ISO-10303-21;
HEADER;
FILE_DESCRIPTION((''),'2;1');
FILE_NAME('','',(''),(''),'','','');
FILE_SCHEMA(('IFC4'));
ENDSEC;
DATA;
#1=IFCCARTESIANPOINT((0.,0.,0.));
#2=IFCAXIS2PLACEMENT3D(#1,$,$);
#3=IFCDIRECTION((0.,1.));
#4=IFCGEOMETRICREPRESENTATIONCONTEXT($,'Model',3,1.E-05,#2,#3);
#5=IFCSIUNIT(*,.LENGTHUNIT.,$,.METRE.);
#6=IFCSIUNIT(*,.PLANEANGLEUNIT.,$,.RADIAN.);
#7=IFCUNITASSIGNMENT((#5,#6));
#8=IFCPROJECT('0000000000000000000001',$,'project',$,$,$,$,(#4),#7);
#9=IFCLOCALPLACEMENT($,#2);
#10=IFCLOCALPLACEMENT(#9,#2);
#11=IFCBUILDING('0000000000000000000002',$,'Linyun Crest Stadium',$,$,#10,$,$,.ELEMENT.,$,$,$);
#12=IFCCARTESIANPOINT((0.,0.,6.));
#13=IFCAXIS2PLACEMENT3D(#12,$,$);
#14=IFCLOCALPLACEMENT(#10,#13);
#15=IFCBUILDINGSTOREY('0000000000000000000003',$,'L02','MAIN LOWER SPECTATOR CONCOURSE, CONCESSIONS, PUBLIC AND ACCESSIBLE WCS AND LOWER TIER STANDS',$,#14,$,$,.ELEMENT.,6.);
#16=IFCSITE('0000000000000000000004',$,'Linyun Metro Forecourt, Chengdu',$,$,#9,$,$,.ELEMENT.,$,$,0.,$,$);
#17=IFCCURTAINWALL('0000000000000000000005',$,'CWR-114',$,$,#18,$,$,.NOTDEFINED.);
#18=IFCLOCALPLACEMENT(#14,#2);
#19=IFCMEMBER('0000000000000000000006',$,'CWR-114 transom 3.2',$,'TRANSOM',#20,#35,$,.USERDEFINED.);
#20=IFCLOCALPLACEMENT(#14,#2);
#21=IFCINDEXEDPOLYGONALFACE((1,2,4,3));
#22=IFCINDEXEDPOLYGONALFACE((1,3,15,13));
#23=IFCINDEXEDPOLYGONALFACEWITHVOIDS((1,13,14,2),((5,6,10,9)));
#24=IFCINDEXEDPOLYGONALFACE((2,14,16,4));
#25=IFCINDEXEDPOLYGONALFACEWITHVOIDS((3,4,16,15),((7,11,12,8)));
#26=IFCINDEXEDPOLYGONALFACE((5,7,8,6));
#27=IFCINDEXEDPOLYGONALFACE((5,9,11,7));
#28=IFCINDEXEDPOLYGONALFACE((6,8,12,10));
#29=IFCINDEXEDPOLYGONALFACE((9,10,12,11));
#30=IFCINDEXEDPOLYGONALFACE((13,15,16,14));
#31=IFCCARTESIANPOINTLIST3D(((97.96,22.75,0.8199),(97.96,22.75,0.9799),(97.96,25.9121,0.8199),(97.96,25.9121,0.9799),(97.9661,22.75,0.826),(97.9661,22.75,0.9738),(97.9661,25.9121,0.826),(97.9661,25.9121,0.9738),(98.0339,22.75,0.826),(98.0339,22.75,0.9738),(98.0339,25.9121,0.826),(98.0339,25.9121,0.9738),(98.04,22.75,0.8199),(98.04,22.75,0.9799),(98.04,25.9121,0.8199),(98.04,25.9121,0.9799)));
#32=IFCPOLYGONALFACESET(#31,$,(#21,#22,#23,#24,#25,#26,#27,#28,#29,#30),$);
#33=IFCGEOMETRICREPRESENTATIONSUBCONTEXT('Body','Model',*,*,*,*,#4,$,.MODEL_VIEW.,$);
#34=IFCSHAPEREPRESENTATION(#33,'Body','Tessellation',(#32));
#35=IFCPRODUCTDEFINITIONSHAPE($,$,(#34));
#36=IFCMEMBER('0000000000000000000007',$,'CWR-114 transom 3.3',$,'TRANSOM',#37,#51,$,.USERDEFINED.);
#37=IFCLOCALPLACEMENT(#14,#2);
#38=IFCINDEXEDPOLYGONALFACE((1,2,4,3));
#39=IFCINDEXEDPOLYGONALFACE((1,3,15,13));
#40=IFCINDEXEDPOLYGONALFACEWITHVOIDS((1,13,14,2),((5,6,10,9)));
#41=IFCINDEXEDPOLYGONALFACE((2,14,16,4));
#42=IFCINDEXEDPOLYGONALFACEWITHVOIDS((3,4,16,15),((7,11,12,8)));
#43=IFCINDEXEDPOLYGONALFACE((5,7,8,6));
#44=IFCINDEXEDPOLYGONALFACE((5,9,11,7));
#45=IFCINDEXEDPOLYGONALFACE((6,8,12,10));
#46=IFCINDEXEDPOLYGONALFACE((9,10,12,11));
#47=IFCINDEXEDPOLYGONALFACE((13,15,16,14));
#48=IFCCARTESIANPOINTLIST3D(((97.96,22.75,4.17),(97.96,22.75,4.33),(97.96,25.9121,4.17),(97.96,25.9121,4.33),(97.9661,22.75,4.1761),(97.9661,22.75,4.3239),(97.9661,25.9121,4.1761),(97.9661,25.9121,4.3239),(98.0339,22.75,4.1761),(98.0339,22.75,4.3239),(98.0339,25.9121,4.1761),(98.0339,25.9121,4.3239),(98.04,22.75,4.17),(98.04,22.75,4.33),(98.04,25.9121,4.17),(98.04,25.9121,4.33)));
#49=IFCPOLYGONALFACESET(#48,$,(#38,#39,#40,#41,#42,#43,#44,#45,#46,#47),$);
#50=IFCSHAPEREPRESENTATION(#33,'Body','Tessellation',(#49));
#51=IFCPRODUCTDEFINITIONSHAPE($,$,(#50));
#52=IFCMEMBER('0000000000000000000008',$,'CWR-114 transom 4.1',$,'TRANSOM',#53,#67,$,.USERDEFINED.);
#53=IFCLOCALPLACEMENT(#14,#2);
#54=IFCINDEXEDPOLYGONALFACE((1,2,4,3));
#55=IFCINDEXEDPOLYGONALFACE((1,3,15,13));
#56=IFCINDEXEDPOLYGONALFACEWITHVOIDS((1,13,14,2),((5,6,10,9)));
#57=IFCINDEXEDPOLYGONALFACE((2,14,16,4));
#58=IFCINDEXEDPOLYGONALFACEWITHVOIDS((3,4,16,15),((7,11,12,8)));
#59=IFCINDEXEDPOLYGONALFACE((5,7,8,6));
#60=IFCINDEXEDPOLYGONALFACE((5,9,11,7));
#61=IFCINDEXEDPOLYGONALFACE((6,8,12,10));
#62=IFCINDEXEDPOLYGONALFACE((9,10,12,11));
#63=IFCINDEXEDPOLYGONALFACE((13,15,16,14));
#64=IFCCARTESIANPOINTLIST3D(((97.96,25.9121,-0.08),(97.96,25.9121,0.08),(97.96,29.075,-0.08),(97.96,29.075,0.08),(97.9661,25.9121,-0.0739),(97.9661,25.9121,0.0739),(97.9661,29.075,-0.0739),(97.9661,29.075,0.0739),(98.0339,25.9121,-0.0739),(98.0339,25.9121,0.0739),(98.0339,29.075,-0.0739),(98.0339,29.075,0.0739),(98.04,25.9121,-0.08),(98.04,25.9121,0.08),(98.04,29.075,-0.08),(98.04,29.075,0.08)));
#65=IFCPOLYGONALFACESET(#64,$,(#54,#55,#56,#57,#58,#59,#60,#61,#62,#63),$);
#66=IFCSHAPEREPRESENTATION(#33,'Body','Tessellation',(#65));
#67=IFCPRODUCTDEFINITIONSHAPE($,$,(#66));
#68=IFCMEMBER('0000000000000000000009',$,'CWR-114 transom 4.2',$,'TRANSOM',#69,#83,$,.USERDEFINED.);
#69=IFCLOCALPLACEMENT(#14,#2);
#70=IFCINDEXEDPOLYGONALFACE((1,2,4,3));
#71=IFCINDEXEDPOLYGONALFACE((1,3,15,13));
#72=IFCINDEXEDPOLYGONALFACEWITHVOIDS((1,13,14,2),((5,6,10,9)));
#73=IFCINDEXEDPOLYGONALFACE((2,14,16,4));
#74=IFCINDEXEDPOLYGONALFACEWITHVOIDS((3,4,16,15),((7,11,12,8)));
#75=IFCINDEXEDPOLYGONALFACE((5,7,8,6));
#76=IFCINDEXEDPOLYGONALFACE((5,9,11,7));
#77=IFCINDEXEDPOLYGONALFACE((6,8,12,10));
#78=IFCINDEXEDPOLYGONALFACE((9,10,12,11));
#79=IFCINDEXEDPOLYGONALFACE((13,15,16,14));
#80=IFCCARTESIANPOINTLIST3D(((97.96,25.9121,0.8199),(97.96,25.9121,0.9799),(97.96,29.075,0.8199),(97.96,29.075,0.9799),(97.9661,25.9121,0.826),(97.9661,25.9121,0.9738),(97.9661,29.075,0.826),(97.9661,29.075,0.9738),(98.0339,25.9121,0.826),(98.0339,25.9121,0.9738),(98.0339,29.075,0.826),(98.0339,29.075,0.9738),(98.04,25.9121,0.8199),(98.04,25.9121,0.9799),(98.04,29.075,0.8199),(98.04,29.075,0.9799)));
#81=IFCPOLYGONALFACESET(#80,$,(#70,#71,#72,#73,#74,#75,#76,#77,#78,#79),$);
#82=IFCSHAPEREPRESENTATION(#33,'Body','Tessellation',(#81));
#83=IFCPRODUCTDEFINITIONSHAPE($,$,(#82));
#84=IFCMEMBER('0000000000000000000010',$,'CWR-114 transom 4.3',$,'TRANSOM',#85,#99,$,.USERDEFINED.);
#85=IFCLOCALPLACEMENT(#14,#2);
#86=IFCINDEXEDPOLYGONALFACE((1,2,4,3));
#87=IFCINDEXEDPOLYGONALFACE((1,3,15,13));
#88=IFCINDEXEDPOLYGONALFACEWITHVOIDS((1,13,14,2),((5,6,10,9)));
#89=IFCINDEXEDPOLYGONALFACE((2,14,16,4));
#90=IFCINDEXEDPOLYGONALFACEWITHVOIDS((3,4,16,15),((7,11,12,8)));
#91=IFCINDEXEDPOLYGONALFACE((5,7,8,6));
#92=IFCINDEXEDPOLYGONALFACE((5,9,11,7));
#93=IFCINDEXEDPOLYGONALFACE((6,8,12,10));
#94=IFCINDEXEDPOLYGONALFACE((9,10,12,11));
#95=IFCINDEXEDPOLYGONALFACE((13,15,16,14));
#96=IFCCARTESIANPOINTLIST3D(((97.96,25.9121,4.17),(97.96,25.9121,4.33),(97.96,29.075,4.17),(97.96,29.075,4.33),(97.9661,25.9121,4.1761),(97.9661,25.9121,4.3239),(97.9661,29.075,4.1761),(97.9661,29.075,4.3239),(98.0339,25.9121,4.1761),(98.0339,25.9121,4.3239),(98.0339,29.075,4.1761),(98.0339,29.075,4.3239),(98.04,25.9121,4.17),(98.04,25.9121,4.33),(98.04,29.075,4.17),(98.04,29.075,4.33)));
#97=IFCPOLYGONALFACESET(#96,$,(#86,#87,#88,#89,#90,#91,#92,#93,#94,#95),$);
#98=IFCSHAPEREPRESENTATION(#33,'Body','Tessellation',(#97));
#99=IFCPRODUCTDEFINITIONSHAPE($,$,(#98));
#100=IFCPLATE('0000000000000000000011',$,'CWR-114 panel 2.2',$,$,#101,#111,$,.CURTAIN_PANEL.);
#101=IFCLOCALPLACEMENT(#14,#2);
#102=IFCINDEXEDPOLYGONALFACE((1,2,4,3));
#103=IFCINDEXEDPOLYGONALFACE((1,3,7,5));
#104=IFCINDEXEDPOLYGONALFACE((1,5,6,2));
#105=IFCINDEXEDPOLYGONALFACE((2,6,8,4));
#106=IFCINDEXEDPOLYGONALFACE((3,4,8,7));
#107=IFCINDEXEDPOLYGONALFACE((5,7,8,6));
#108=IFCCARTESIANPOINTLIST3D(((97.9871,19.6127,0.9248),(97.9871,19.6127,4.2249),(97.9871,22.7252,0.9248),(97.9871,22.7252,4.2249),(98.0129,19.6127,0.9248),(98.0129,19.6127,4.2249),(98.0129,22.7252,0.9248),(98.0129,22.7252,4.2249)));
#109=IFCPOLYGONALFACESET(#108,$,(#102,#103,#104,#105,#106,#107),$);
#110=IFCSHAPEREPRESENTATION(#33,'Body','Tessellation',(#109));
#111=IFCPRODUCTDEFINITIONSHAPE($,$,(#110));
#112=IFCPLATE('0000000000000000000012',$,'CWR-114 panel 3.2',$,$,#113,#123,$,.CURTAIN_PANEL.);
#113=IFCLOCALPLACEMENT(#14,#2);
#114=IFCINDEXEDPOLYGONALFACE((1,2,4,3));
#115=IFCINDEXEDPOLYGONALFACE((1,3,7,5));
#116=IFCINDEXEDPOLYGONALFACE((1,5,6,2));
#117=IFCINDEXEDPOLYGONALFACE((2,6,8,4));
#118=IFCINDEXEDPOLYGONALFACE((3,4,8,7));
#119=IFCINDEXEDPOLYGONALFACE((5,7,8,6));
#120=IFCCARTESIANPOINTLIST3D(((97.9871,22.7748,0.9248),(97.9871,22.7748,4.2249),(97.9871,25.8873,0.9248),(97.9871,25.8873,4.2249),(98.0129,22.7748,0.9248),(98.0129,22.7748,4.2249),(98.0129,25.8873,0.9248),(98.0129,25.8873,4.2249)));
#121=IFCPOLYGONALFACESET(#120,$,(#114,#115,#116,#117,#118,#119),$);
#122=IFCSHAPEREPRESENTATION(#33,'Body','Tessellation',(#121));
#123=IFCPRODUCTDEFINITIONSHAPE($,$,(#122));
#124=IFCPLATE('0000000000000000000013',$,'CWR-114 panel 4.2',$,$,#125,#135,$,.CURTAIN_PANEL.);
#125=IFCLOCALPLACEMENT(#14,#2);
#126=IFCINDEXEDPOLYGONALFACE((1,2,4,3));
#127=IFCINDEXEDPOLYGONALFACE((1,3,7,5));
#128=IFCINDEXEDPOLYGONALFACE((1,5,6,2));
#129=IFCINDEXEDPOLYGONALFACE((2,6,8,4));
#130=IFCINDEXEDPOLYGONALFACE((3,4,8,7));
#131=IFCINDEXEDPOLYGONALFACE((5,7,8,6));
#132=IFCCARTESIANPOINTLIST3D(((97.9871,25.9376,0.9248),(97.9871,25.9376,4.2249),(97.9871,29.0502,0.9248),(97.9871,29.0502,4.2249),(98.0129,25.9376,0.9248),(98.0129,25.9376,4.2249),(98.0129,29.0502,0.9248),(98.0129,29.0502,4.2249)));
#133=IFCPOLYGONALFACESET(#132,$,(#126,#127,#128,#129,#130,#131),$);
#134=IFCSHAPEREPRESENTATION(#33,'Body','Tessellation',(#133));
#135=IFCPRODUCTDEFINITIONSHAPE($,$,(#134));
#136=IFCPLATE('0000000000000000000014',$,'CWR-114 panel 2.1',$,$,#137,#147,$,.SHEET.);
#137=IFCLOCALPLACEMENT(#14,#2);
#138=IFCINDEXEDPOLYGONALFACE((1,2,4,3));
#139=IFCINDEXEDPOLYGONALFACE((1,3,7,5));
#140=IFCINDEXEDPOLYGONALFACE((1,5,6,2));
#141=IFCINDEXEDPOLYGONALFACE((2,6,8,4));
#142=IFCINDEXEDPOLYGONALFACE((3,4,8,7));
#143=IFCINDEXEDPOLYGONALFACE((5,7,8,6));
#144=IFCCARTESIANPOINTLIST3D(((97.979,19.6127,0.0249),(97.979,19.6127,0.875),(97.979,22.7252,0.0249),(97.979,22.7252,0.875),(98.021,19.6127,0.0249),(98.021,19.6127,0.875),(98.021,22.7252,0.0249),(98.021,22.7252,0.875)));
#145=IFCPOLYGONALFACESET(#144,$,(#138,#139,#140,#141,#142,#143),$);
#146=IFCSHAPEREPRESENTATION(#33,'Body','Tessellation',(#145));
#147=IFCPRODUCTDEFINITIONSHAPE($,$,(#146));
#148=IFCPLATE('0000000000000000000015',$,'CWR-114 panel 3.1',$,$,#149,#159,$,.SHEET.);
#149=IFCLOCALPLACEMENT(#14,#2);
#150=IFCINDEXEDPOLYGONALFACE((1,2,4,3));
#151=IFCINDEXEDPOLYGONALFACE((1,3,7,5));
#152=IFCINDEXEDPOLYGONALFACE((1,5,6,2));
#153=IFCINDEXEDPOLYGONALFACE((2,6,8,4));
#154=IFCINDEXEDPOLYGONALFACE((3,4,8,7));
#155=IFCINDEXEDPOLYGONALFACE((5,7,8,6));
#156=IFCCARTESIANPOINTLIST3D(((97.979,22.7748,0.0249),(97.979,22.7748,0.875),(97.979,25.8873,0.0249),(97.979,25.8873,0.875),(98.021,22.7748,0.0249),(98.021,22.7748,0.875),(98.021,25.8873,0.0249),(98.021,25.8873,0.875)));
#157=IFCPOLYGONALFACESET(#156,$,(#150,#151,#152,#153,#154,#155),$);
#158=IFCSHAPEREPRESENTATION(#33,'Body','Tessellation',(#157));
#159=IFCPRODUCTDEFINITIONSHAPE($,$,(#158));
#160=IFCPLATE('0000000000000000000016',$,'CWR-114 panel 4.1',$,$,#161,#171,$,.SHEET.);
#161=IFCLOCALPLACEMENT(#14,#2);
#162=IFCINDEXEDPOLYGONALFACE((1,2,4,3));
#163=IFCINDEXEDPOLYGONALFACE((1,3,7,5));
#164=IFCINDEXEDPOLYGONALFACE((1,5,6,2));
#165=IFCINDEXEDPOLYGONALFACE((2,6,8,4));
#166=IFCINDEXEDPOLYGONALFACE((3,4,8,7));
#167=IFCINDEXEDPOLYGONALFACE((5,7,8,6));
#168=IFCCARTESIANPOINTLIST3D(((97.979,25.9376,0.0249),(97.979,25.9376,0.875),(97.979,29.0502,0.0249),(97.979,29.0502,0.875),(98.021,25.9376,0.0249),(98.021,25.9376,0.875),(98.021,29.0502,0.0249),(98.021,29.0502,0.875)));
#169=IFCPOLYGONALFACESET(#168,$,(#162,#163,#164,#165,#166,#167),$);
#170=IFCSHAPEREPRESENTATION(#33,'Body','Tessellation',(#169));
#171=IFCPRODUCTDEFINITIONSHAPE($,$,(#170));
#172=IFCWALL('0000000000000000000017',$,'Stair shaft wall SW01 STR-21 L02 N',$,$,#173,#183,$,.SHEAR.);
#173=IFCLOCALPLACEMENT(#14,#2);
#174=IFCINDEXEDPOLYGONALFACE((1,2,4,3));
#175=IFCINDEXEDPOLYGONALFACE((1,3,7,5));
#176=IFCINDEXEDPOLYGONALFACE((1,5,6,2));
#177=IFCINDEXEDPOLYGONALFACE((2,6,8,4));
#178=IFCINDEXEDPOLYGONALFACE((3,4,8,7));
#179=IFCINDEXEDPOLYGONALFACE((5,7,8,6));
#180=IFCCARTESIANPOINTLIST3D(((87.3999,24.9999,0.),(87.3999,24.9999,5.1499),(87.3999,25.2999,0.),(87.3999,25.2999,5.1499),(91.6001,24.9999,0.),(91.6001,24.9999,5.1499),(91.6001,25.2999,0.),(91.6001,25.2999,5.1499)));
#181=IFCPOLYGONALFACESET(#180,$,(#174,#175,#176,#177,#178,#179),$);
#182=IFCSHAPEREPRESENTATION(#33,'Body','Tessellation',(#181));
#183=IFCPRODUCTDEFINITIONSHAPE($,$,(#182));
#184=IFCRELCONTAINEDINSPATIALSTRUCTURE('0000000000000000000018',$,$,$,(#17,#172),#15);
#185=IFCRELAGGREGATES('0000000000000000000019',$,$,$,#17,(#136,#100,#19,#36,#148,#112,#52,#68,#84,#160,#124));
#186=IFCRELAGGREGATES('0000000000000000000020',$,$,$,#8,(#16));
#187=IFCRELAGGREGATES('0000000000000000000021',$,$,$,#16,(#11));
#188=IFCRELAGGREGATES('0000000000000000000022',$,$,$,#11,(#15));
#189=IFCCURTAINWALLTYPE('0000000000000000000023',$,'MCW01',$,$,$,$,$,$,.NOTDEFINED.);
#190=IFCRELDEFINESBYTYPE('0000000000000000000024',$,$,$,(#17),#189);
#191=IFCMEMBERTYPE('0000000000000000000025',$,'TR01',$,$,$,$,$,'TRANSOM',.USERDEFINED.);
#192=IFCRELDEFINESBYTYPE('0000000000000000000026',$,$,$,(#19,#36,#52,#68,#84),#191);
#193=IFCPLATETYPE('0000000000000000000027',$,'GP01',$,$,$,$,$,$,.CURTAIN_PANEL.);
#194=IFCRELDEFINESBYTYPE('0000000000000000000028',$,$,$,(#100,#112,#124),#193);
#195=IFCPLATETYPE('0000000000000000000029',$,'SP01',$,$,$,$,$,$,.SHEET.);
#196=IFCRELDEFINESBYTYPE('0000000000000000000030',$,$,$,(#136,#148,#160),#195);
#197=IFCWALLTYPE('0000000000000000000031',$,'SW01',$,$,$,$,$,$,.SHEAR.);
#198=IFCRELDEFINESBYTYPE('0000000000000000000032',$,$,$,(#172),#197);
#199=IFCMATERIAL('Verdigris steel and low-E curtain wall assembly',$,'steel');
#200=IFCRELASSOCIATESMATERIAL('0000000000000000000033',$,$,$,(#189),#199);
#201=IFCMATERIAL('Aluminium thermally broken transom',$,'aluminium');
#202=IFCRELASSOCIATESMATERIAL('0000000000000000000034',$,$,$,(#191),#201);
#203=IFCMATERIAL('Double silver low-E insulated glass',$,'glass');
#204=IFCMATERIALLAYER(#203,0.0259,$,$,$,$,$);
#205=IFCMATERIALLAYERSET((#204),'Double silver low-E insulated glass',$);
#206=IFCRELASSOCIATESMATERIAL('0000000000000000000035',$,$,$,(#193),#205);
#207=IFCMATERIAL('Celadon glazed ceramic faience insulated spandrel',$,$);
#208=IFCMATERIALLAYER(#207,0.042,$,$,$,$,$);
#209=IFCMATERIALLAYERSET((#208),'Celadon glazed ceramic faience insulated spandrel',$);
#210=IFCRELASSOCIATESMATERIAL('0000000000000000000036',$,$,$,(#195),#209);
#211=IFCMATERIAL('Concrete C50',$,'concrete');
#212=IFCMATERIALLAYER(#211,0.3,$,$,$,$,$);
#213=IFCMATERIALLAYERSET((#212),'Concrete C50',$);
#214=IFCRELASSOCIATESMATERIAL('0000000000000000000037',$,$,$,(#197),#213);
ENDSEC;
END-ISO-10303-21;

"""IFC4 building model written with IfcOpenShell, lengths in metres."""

from ifc_helpers import new_model, si_unit, direction, frame, frame_2d, origin, origin_2d, place, context, subcontext, project, spatial, rectangle, hollow_rectangle, extrude, material, layer, layer_set, material_profile, profile_set, type_object, element, aggregate, save


model = new_model("IFC4")

# Units and contexts
model_context = context("Model", 3, precision=1e-05, world=origin(), true_north=direction((0.0, 1.0)))
body_context = subcontext(model_context, "Body", "Model", "MODEL_VIEW")
ifc_project = project(units=[si_unit("LENGTHUNIT", "METRE"), si_unit("PLANEANGLEUNIT", "RADIAN")], contexts=[model_context])

# Site, building, storey
site_placement = place(None, origin())
site = spatial("IfcSite", under=ifc_project, at=site_placement, Name="Linyun Metro Forecourt, Chengdu", CompositionType="ELEMENT", RefElevation=0.0)
building_placement = place(site_placement, origin())
building = spatial("IfcBuilding", under=site, at=building_placement, Name="Linyun Crest Stadium", CompositionType="ELEMENT")
storey_placement = place(building_placement, frame((0.0, 0.0, 6.0)))
storey = spatial("IfcBuildingStorey", under=building, at=storey_placement, Name="L02", Description="MAIN LOWER SPECTATOR CONCOURSE, CONCESSIONS, PUBLIC AND ACCESSIBLE WCS AND LOWER TIER STANDS", CompositionType="ELEMENT", Elevation=6.0)

# Curtain wall, members, plates
ifc_material_1 = material(Name="Verdigris steel and low-E curtain wall assembly", Category="steel")
curtain_wall_type = type_object("IfcCurtainWallType", Name="MCW01", PredefinedType="NOTDEFINED", material=ifc_material_1)
curtain_wall_placement = place(storey_placement, origin())
curtain_wall = element("IfcCurtainWall", 1, at=curtain_wall_placement, inside=storey, type_object=curtain_wall_type, Name="CWR-114", PredefinedType="NOTDEFINED")
ifc_material_2 = material(Name="Aluminium thermally broken transom", Category="aluminium")
ifc_material_profile_1 = material_profile(ifc_material_2, hollow_rectangle(XDim=0.0801, YDim=0.1599, WallThickness=0.0061, at=origin_2d()), Name="RHS 160x80x6")
ifc_profile_set_1 = profile_set([ifc_material_profile_1], Name="Aluminium thermally broken transom")
member_type_1 = type_object("IfcMemberType", Name="TR01", ElementType="TRANSOM", PredefinedType="USERDEFINED", material=ifc_profile_set_1)
member_1_placement = place(storey_placement, frame((98.0, 22.75, 0.8999), z_axis=(0.0, 1.0, 0.0), x_axis=(-1.0, 0.0, 0.0)))
member_1 = element("IfcMember", 2, at=member_1_placement, type_object=member_type_1, Name="CWR-114 transom 3.2", ObjectType="TRANSOM", PredefinedType="USERDEFINED", context=body_context, shape_type="SweptSolid", body=[
    extrude(hollow_rectangle(XDim=0.0801, YDim=0.1599, WallThickness=0.0061, at=origin_2d()), origin(), (0.0, 0.0, 1.0), 3.1621),
])
member_2_placement = place(storey_placement, frame((98.0, 22.75, 4.25), z_axis=(0.0, 1.0, 0.0), x_axis=(-1.0, 0.0, 0.0)))
member_2 = element("IfcMember", 3, at=member_2_placement, type_object=member_type_1, Name="CWR-114 transom 3.3", ObjectType="TRANSOM", PredefinedType="USERDEFINED", context=body_context, shape_type="SweptSolid", body=[
    extrude(hollow_rectangle(XDim=0.0801, YDim=0.1599, WallThickness=0.0061, at=origin_2d()), origin(), (0.0, 0.0, 1.0), 3.1621),
])
member_3_placement = place(storey_placement, frame((98.0, 25.9121, 0.0), z_axis=(0.0, 1.0, 0.0), x_axis=(-1.0, 0.0, 0.0)))
member_3 = element("IfcMember", 4, at=member_3_placement, type_object=member_type_1, Name="CWR-114 transom 4.1", ObjectType="TRANSOM", PredefinedType="USERDEFINED", context=body_context, shape_type="SweptSolid", body=[
    extrude(hollow_rectangle(XDim=0.0801, YDim=0.1599, WallThickness=0.0061, at=origin_2d()), origin(), (0.0, 0.0, 1.0), 3.1628),
])
member_4_placement = place(storey_placement, frame((98.0, 25.9121, 0.8999), z_axis=(0.0, 1.0, 0.0), x_axis=(-1.0, 0.0, 0.0)))
member_4 = element("IfcMember", 5, at=member_4_placement, type_object=member_type_1, Name="CWR-114 transom 4.2", ObjectType="TRANSOM", PredefinedType="USERDEFINED", context=body_context, shape_type="SweptSolid", body=[
    extrude(hollow_rectangle(XDim=0.0801, YDim=0.1599, WallThickness=0.0061, at=origin_2d()), origin(), (0.0, 0.0, 1.0), 3.1628),
])
member_5_placement = place(storey_placement, frame((98.0, 25.9121, 4.25), z_axis=(0.0, 1.0, 0.0), x_axis=(-1.0, 0.0, 0.0)))
member_5 = element("IfcMember", 6, at=member_5_placement, type_object=member_type_1, Name="CWR-114 transom 4.3", ObjectType="TRANSOM", PredefinedType="USERDEFINED", context=body_context, shape_type="SweptSolid", body=[
    extrude(hollow_rectangle(XDim=0.0801, YDim=0.1599, WallThickness=0.0061, at=origin_2d()), origin(), (0.0, 0.0, 1.0), 3.1628),
])
ifc_material_3 = material(Name="Double silver low-E insulated glass", Category="glass")
ifc_layer_1 = layer(ifc_material_3, 0.0259)
ifc_layer_set_1 = layer_set([ifc_layer_1], Name="Double silver low-E insulated glass")
plate_type_1 = type_object("IfcPlateType", Name="GP01", PredefinedType="CURTAIN_PANEL", material=ifc_layer_set_1)
plate_1_placement = place(storey_placement, frame((98.0, 21.1689, 0.9248), z_axis=(0.0, 0.0, 1.0), x_axis=(0.0, 1.0, 0.0)))
plate_1 = element("IfcPlate", 7, at=plate_1_placement, type_object=plate_type_1, Name="CWR-114 panel 2.2", PredefinedType="CURTAIN_PANEL", context=body_context, shape_type="SweptSolid", body=[
    extrude(rectangle(XDim=3.1125, YDim=0.0259, at=origin_2d()), origin(), (0.0, 0.0, 1.0), 3.3),
])
plate_2_placement = place(storey_placement, frame((98.0, 24.3311, 0.9248), z_axis=(0.0, 0.0, 1.0), x_axis=(0.0, 1.0, 0.0)))
plate_2 = element("IfcPlate", 8, at=plate_2_placement, type_object=plate_type_1, Name="CWR-114 panel 3.2", PredefinedType="CURTAIN_PANEL", context=body_context, shape_type="SweptSolid", body=[
    extrude(rectangle(XDim=3.1125, YDim=0.0259, at=origin_2d()), origin(), (0.0, 0.0, 1.0), 3.3),
])
plate_3_placement = place(storey_placement, frame((98.0, 27.4939, 0.9248), z_axis=(0.0, 0.0, 1.0), x_axis=(0.0, 1.0, 0.0)))
plate_3 = element("IfcPlate", 9, at=plate_3_placement, type_object=plate_type_1, Name="CWR-114 panel 4.2", PredefinedType="CURTAIN_PANEL", context=body_context, shape_type="SweptSolid", body=[
    extrude(rectangle(XDim=3.1125, YDim=0.0259, at=origin_2d()), origin(), (0.0, 0.0, 1.0), 3.3),
])
ifc_material_4 = material(Name="Celadon glazed ceramic faience insulated spandrel")
ifc_layer_2 = layer(ifc_material_4, 0.042)
ifc_layer_set_2 = layer_set([ifc_layer_2], Name="Celadon glazed ceramic faience insulated spandrel")
plate_type_2 = type_object("IfcPlateType", Name="SP01", PredefinedType="SHEET", material=ifc_layer_set_2)
plate_4_placement = place(storey_placement, frame((98.0, 21.1689, 0.0249), z_axis=(0.0, 0.0, 1.0), x_axis=(0.0, 1.0, 0.0)))
plate_4 = element("IfcPlate", 10, at=plate_4_placement, type_object=plate_type_2, Name="CWR-114 panel 2.1", PredefinedType="SHEET", context=body_context, shape_type="SweptSolid", body=[
    extrude(rectangle(XDim=3.1125, YDim=0.042, at=origin_2d()), origin(), (0.0, 0.0, 1.0), 0.8501),
])
plate_5_placement = place(storey_placement, frame((98.0, 24.3311, 0.0249), z_axis=(0.0, 0.0, 1.0), x_axis=(0.0, 1.0, 0.0)))
plate_5 = element("IfcPlate", 11, at=plate_5_placement, type_object=plate_type_2, Name="CWR-114 panel 3.1", PredefinedType="SHEET", context=body_context, shape_type="SweptSolid", body=[
    extrude(rectangle(XDim=3.1125, YDim=0.042, at=origin_2d()), origin(), (0.0, 0.0, 1.0), 0.8501),
])
plate_6_placement = place(storey_placement, frame((98.0, 27.4939, 0.0249), z_axis=(0.0, 0.0, 1.0), x_axis=(0.0, 1.0, 0.0)))
plate_6 = element("IfcPlate", 12, at=plate_6_placement, type_object=plate_type_2, Name="CWR-114 panel 4.1", PredefinedType="SHEET", context=body_context, shape_type="SweptSolid", body=[
    extrude(rectangle(XDim=3.1125, YDim=0.042, at=origin_2d()), origin(), (0.0, 0.0, 1.0), 0.8501),
])
aggregate(curtain_wall, [plate_4, plate_1, member_1, member_2, plate_5, plate_2, member_3, member_4, member_5, plate_6, plate_3])

# Wall
ifc_material_5 = material(Name="Concrete C50", Category="concrete")
ifc_layer_3 = layer(ifc_material_5, 0.3)
ifc_layer_set_3 = layer_set([ifc_layer_3], Name="Concrete C50")
wall_type = type_object("IfcWallType", Name="SW01", PredefinedType="SHEAR", material=ifc_layer_set_3)
wall_1_placement = place(storey_placement, frame((87.3999, 25.1499, 0.0), z_axis=(0.0, 0.0, 1.0), x_axis=(1.0, 0.0, 0.0)))
element("IfcWall", 13, at=wall_1_placement, inside=storey, type_object=wall_type, Name="Stair shaft wall SW01 STR-21 L02 N", PredefinedType="SHEAR", context=body_context, shape_type="SweptSolid", body=[
    extrude(rectangle(XDim=4.2002, YDim=0.3, at=frame_2d((2.1001, 0.0))), origin(), (0.0, 0.0, 1.0), 5.1499),
])

save(model, "model.ifc")
